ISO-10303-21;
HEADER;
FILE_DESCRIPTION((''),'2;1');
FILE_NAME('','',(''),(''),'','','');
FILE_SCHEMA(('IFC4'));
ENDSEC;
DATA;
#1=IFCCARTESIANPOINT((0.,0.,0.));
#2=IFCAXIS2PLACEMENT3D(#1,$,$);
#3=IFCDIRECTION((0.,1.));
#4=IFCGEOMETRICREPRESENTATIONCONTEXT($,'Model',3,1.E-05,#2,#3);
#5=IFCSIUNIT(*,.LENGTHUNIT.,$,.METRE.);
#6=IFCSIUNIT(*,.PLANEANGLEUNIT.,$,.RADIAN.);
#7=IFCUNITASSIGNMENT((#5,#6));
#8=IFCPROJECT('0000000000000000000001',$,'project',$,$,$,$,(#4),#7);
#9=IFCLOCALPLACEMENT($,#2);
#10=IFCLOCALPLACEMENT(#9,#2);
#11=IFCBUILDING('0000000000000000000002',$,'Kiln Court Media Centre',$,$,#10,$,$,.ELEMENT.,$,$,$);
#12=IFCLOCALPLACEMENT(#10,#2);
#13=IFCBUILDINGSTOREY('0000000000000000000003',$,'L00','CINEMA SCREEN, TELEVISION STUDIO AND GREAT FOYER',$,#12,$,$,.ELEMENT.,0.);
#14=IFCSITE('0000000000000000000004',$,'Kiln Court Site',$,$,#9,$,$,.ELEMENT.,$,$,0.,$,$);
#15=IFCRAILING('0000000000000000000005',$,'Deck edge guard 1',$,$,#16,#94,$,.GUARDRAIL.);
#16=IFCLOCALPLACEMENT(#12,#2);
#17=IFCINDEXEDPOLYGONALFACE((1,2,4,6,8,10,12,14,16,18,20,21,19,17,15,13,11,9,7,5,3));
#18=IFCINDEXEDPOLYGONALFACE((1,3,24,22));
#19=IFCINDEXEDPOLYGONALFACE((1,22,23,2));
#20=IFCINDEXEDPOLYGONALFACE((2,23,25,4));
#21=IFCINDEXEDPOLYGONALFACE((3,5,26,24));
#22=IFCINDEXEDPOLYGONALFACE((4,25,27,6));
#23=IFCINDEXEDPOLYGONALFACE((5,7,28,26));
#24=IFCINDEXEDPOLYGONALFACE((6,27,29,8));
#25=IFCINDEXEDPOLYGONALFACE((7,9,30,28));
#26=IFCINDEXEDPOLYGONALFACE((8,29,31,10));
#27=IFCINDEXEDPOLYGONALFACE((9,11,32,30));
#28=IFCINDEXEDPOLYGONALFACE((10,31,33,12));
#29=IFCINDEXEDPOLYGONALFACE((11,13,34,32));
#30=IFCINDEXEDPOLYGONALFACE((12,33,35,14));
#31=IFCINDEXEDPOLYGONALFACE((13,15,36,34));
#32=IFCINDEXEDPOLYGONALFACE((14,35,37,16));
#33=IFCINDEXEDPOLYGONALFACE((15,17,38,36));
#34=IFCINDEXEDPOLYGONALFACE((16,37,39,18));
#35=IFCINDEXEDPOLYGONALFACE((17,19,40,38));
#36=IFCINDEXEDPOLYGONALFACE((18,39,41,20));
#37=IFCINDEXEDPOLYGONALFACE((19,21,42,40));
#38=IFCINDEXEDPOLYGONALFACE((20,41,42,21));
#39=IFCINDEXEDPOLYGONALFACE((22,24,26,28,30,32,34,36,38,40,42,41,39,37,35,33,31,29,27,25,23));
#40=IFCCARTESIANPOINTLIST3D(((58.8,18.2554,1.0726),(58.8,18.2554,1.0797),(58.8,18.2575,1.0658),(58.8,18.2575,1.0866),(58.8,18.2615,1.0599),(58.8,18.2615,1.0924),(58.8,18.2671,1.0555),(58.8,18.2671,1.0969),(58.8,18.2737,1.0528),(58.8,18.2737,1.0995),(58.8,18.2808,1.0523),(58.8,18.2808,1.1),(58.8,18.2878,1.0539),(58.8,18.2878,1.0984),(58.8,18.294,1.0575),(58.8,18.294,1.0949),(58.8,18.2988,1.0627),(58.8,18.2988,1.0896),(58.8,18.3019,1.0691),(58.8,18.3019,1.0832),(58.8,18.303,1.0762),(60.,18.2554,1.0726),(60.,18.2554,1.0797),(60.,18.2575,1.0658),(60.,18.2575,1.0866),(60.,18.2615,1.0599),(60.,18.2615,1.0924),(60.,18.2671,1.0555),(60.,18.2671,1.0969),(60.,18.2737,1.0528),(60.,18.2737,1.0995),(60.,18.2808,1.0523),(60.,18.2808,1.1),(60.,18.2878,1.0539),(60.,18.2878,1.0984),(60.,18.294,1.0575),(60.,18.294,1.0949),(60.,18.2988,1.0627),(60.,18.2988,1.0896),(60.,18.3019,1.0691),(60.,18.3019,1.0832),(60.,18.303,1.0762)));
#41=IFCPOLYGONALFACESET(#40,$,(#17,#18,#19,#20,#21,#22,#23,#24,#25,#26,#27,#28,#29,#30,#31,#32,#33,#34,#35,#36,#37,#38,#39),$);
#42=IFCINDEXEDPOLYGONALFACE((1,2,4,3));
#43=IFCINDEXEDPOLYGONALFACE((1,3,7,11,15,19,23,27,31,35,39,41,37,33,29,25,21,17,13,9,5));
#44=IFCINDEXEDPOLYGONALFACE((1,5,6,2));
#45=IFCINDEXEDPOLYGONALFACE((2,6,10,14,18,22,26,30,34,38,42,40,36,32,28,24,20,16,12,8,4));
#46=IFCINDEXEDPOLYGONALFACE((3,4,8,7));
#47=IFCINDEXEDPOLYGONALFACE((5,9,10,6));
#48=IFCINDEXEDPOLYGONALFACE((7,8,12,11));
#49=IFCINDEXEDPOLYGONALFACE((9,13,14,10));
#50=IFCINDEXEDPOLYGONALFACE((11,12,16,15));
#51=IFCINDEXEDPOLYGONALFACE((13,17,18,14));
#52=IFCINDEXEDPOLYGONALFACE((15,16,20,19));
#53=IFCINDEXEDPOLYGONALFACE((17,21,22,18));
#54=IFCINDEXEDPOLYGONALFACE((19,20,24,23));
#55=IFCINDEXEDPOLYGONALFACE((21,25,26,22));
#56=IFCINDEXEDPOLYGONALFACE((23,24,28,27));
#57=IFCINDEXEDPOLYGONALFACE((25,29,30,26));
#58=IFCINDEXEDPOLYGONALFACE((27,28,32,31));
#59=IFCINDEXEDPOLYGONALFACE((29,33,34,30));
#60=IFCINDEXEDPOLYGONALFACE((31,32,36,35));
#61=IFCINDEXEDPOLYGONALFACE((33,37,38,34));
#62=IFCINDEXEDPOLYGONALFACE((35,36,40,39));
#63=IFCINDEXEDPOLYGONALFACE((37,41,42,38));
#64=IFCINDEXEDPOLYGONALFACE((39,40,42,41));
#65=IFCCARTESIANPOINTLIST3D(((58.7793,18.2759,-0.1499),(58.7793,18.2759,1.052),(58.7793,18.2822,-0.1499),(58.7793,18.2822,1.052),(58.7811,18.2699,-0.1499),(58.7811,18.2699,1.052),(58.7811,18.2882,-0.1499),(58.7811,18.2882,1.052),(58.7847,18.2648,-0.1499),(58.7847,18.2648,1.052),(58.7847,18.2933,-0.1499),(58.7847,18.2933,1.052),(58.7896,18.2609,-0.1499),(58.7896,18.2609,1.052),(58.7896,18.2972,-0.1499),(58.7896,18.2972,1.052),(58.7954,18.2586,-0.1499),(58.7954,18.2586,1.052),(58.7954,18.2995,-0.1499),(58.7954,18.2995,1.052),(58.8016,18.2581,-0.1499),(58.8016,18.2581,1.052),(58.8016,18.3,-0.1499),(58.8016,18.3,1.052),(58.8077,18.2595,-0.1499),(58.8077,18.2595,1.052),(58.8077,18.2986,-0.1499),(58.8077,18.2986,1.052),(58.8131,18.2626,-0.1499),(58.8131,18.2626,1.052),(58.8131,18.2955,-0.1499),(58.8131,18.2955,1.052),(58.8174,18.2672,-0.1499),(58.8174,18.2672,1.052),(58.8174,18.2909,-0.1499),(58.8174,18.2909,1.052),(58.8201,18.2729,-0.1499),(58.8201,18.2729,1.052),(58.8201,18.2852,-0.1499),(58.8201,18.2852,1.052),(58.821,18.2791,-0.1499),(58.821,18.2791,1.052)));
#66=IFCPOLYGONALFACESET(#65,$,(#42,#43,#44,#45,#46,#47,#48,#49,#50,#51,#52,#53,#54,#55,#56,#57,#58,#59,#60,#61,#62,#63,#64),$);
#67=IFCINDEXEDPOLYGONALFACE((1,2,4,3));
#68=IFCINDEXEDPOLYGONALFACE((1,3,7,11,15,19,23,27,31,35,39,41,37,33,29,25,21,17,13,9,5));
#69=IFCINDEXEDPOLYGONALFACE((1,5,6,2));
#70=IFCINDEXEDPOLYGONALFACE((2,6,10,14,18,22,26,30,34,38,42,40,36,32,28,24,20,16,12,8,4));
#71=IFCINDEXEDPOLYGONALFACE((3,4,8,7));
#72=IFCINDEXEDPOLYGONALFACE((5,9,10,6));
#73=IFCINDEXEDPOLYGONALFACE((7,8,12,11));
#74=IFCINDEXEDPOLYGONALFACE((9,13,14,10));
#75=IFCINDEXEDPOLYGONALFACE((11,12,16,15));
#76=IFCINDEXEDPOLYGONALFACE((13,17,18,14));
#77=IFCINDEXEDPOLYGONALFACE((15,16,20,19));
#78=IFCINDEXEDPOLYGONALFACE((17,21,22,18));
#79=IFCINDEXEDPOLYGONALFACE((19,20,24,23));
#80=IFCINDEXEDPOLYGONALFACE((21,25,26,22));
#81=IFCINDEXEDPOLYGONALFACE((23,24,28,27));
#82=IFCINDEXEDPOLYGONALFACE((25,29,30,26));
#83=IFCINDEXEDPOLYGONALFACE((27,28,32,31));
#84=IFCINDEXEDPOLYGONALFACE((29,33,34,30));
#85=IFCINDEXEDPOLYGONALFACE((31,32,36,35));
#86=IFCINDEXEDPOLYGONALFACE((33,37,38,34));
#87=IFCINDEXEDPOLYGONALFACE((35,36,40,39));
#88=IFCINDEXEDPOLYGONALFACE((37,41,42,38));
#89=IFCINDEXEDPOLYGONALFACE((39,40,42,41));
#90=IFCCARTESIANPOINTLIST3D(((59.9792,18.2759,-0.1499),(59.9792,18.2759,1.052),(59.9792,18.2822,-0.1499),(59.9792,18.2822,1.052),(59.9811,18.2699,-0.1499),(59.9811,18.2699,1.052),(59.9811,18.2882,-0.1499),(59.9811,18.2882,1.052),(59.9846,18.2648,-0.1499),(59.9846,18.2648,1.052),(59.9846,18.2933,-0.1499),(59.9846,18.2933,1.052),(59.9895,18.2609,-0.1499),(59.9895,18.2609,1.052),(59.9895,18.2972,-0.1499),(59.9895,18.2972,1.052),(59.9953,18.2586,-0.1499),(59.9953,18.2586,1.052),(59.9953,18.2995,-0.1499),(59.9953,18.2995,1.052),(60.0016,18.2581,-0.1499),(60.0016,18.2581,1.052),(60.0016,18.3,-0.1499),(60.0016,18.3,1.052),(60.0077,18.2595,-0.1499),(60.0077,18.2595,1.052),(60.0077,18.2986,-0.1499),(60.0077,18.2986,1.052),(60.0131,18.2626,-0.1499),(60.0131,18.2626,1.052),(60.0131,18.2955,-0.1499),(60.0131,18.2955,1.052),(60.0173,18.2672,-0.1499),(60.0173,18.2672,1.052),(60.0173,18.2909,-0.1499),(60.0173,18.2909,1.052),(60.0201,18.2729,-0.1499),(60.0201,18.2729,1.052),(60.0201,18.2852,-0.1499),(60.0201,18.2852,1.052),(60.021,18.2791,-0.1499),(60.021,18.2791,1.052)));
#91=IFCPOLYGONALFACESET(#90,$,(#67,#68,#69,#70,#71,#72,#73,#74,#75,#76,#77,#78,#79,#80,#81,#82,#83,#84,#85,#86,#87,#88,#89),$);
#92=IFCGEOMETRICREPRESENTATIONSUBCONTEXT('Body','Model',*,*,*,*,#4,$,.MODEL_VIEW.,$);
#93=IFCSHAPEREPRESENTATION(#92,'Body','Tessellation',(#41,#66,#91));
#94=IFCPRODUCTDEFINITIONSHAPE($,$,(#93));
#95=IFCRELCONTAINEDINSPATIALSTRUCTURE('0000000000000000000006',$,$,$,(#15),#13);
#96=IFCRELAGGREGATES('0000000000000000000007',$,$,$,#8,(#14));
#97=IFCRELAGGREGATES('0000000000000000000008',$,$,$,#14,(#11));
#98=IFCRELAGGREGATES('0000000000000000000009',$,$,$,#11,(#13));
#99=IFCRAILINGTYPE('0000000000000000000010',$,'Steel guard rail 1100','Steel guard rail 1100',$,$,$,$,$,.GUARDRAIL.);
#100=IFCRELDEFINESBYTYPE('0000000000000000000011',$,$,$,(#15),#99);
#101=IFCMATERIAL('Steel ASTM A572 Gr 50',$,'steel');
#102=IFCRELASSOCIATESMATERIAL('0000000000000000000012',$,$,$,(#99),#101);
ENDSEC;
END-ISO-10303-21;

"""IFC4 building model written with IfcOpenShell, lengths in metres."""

from ifc_helpers import new_model, si_unit, direction, frame, origin, origin_2d, place, context, subcontext, project, spatial, circle, extrude, material, type_object, element, save


model = new_model("IFC4")

# Units and contexts
model_context = context("Model", 3, precision=1e-05, world=origin(), true_north=direction((0.0, 1.0)))
body_context = subcontext(model_context, "Body", "Model", "MODEL_VIEW")
ifc_project = project(units=[si_unit("LENGTHUNIT", "METRE"), si_unit("PLANEANGLEUNIT", "RADIAN")], contexts=[model_context])

# Site, building, storey
site_placement = place(None, origin())
site = spatial("IfcSite", under=ifc_project, at=site_placement, Name="Kiln Court Site", CompositionType="ELEMENT", RefElevation=0.0)
building_placement = place(site_placement, origin())
building = spatial("IfcBuilding", under=site, at=building_placement, Name="Kiln Court Media Centre", CompositionType="ELEMENT")
storey_placement = place(building_placement, origin())
storey = spatial("IfcBuildingStorey", under=building, at=storey_placement, Name="L00", Description="CINEMA SCREEN, TELEVISION STUDIO AND GREAT FOYER", CompositionType="ELEMENT", Elevation=0.0)

# Railing
ifc_material_1 = material(Name="Steel ASTM A572 Gr 50", Category="steel")
railing_type_1 = type_object("IfcRailingType", Name="Steel guard rail 1100", Description="Steel guard rail 1100", PredefinedType="GUARDRAIL", material=ifc_material_1)
railing_1_placement = place(storey_placement, frame((58.8, 18.2791, -0.1499)))
element("IfcRailing", 1, at=railing_1_placement, inside=storey, type_object=railing_type_1, Name="Deck edge guard 1", PredefinedType="GUARDRAIL", context=body_context, shape_type="SweptSolid", body=[
    extrude(circle(Radius=0.0239, at=origin_2d()), frame((0.0, 0.0, 1.2261), z_axis=(1.0, 0.0, 0.0), x_axis=(0.0, 1.0, 0.0)), (0.0, 0.0, 1.0), 1.2),
    extrude(circle(Radius=0.021, at=origin_2d()), origin(), (0.0, 0.0, 1.0), 1.2019),
    extrude(circle(Radius=0.021, at=origin_2d()), frame((1.2, 0.0, 0.0)), (0.0, 0.0, 1.0), 1.2019),
])

save(model, "model.ifc")
